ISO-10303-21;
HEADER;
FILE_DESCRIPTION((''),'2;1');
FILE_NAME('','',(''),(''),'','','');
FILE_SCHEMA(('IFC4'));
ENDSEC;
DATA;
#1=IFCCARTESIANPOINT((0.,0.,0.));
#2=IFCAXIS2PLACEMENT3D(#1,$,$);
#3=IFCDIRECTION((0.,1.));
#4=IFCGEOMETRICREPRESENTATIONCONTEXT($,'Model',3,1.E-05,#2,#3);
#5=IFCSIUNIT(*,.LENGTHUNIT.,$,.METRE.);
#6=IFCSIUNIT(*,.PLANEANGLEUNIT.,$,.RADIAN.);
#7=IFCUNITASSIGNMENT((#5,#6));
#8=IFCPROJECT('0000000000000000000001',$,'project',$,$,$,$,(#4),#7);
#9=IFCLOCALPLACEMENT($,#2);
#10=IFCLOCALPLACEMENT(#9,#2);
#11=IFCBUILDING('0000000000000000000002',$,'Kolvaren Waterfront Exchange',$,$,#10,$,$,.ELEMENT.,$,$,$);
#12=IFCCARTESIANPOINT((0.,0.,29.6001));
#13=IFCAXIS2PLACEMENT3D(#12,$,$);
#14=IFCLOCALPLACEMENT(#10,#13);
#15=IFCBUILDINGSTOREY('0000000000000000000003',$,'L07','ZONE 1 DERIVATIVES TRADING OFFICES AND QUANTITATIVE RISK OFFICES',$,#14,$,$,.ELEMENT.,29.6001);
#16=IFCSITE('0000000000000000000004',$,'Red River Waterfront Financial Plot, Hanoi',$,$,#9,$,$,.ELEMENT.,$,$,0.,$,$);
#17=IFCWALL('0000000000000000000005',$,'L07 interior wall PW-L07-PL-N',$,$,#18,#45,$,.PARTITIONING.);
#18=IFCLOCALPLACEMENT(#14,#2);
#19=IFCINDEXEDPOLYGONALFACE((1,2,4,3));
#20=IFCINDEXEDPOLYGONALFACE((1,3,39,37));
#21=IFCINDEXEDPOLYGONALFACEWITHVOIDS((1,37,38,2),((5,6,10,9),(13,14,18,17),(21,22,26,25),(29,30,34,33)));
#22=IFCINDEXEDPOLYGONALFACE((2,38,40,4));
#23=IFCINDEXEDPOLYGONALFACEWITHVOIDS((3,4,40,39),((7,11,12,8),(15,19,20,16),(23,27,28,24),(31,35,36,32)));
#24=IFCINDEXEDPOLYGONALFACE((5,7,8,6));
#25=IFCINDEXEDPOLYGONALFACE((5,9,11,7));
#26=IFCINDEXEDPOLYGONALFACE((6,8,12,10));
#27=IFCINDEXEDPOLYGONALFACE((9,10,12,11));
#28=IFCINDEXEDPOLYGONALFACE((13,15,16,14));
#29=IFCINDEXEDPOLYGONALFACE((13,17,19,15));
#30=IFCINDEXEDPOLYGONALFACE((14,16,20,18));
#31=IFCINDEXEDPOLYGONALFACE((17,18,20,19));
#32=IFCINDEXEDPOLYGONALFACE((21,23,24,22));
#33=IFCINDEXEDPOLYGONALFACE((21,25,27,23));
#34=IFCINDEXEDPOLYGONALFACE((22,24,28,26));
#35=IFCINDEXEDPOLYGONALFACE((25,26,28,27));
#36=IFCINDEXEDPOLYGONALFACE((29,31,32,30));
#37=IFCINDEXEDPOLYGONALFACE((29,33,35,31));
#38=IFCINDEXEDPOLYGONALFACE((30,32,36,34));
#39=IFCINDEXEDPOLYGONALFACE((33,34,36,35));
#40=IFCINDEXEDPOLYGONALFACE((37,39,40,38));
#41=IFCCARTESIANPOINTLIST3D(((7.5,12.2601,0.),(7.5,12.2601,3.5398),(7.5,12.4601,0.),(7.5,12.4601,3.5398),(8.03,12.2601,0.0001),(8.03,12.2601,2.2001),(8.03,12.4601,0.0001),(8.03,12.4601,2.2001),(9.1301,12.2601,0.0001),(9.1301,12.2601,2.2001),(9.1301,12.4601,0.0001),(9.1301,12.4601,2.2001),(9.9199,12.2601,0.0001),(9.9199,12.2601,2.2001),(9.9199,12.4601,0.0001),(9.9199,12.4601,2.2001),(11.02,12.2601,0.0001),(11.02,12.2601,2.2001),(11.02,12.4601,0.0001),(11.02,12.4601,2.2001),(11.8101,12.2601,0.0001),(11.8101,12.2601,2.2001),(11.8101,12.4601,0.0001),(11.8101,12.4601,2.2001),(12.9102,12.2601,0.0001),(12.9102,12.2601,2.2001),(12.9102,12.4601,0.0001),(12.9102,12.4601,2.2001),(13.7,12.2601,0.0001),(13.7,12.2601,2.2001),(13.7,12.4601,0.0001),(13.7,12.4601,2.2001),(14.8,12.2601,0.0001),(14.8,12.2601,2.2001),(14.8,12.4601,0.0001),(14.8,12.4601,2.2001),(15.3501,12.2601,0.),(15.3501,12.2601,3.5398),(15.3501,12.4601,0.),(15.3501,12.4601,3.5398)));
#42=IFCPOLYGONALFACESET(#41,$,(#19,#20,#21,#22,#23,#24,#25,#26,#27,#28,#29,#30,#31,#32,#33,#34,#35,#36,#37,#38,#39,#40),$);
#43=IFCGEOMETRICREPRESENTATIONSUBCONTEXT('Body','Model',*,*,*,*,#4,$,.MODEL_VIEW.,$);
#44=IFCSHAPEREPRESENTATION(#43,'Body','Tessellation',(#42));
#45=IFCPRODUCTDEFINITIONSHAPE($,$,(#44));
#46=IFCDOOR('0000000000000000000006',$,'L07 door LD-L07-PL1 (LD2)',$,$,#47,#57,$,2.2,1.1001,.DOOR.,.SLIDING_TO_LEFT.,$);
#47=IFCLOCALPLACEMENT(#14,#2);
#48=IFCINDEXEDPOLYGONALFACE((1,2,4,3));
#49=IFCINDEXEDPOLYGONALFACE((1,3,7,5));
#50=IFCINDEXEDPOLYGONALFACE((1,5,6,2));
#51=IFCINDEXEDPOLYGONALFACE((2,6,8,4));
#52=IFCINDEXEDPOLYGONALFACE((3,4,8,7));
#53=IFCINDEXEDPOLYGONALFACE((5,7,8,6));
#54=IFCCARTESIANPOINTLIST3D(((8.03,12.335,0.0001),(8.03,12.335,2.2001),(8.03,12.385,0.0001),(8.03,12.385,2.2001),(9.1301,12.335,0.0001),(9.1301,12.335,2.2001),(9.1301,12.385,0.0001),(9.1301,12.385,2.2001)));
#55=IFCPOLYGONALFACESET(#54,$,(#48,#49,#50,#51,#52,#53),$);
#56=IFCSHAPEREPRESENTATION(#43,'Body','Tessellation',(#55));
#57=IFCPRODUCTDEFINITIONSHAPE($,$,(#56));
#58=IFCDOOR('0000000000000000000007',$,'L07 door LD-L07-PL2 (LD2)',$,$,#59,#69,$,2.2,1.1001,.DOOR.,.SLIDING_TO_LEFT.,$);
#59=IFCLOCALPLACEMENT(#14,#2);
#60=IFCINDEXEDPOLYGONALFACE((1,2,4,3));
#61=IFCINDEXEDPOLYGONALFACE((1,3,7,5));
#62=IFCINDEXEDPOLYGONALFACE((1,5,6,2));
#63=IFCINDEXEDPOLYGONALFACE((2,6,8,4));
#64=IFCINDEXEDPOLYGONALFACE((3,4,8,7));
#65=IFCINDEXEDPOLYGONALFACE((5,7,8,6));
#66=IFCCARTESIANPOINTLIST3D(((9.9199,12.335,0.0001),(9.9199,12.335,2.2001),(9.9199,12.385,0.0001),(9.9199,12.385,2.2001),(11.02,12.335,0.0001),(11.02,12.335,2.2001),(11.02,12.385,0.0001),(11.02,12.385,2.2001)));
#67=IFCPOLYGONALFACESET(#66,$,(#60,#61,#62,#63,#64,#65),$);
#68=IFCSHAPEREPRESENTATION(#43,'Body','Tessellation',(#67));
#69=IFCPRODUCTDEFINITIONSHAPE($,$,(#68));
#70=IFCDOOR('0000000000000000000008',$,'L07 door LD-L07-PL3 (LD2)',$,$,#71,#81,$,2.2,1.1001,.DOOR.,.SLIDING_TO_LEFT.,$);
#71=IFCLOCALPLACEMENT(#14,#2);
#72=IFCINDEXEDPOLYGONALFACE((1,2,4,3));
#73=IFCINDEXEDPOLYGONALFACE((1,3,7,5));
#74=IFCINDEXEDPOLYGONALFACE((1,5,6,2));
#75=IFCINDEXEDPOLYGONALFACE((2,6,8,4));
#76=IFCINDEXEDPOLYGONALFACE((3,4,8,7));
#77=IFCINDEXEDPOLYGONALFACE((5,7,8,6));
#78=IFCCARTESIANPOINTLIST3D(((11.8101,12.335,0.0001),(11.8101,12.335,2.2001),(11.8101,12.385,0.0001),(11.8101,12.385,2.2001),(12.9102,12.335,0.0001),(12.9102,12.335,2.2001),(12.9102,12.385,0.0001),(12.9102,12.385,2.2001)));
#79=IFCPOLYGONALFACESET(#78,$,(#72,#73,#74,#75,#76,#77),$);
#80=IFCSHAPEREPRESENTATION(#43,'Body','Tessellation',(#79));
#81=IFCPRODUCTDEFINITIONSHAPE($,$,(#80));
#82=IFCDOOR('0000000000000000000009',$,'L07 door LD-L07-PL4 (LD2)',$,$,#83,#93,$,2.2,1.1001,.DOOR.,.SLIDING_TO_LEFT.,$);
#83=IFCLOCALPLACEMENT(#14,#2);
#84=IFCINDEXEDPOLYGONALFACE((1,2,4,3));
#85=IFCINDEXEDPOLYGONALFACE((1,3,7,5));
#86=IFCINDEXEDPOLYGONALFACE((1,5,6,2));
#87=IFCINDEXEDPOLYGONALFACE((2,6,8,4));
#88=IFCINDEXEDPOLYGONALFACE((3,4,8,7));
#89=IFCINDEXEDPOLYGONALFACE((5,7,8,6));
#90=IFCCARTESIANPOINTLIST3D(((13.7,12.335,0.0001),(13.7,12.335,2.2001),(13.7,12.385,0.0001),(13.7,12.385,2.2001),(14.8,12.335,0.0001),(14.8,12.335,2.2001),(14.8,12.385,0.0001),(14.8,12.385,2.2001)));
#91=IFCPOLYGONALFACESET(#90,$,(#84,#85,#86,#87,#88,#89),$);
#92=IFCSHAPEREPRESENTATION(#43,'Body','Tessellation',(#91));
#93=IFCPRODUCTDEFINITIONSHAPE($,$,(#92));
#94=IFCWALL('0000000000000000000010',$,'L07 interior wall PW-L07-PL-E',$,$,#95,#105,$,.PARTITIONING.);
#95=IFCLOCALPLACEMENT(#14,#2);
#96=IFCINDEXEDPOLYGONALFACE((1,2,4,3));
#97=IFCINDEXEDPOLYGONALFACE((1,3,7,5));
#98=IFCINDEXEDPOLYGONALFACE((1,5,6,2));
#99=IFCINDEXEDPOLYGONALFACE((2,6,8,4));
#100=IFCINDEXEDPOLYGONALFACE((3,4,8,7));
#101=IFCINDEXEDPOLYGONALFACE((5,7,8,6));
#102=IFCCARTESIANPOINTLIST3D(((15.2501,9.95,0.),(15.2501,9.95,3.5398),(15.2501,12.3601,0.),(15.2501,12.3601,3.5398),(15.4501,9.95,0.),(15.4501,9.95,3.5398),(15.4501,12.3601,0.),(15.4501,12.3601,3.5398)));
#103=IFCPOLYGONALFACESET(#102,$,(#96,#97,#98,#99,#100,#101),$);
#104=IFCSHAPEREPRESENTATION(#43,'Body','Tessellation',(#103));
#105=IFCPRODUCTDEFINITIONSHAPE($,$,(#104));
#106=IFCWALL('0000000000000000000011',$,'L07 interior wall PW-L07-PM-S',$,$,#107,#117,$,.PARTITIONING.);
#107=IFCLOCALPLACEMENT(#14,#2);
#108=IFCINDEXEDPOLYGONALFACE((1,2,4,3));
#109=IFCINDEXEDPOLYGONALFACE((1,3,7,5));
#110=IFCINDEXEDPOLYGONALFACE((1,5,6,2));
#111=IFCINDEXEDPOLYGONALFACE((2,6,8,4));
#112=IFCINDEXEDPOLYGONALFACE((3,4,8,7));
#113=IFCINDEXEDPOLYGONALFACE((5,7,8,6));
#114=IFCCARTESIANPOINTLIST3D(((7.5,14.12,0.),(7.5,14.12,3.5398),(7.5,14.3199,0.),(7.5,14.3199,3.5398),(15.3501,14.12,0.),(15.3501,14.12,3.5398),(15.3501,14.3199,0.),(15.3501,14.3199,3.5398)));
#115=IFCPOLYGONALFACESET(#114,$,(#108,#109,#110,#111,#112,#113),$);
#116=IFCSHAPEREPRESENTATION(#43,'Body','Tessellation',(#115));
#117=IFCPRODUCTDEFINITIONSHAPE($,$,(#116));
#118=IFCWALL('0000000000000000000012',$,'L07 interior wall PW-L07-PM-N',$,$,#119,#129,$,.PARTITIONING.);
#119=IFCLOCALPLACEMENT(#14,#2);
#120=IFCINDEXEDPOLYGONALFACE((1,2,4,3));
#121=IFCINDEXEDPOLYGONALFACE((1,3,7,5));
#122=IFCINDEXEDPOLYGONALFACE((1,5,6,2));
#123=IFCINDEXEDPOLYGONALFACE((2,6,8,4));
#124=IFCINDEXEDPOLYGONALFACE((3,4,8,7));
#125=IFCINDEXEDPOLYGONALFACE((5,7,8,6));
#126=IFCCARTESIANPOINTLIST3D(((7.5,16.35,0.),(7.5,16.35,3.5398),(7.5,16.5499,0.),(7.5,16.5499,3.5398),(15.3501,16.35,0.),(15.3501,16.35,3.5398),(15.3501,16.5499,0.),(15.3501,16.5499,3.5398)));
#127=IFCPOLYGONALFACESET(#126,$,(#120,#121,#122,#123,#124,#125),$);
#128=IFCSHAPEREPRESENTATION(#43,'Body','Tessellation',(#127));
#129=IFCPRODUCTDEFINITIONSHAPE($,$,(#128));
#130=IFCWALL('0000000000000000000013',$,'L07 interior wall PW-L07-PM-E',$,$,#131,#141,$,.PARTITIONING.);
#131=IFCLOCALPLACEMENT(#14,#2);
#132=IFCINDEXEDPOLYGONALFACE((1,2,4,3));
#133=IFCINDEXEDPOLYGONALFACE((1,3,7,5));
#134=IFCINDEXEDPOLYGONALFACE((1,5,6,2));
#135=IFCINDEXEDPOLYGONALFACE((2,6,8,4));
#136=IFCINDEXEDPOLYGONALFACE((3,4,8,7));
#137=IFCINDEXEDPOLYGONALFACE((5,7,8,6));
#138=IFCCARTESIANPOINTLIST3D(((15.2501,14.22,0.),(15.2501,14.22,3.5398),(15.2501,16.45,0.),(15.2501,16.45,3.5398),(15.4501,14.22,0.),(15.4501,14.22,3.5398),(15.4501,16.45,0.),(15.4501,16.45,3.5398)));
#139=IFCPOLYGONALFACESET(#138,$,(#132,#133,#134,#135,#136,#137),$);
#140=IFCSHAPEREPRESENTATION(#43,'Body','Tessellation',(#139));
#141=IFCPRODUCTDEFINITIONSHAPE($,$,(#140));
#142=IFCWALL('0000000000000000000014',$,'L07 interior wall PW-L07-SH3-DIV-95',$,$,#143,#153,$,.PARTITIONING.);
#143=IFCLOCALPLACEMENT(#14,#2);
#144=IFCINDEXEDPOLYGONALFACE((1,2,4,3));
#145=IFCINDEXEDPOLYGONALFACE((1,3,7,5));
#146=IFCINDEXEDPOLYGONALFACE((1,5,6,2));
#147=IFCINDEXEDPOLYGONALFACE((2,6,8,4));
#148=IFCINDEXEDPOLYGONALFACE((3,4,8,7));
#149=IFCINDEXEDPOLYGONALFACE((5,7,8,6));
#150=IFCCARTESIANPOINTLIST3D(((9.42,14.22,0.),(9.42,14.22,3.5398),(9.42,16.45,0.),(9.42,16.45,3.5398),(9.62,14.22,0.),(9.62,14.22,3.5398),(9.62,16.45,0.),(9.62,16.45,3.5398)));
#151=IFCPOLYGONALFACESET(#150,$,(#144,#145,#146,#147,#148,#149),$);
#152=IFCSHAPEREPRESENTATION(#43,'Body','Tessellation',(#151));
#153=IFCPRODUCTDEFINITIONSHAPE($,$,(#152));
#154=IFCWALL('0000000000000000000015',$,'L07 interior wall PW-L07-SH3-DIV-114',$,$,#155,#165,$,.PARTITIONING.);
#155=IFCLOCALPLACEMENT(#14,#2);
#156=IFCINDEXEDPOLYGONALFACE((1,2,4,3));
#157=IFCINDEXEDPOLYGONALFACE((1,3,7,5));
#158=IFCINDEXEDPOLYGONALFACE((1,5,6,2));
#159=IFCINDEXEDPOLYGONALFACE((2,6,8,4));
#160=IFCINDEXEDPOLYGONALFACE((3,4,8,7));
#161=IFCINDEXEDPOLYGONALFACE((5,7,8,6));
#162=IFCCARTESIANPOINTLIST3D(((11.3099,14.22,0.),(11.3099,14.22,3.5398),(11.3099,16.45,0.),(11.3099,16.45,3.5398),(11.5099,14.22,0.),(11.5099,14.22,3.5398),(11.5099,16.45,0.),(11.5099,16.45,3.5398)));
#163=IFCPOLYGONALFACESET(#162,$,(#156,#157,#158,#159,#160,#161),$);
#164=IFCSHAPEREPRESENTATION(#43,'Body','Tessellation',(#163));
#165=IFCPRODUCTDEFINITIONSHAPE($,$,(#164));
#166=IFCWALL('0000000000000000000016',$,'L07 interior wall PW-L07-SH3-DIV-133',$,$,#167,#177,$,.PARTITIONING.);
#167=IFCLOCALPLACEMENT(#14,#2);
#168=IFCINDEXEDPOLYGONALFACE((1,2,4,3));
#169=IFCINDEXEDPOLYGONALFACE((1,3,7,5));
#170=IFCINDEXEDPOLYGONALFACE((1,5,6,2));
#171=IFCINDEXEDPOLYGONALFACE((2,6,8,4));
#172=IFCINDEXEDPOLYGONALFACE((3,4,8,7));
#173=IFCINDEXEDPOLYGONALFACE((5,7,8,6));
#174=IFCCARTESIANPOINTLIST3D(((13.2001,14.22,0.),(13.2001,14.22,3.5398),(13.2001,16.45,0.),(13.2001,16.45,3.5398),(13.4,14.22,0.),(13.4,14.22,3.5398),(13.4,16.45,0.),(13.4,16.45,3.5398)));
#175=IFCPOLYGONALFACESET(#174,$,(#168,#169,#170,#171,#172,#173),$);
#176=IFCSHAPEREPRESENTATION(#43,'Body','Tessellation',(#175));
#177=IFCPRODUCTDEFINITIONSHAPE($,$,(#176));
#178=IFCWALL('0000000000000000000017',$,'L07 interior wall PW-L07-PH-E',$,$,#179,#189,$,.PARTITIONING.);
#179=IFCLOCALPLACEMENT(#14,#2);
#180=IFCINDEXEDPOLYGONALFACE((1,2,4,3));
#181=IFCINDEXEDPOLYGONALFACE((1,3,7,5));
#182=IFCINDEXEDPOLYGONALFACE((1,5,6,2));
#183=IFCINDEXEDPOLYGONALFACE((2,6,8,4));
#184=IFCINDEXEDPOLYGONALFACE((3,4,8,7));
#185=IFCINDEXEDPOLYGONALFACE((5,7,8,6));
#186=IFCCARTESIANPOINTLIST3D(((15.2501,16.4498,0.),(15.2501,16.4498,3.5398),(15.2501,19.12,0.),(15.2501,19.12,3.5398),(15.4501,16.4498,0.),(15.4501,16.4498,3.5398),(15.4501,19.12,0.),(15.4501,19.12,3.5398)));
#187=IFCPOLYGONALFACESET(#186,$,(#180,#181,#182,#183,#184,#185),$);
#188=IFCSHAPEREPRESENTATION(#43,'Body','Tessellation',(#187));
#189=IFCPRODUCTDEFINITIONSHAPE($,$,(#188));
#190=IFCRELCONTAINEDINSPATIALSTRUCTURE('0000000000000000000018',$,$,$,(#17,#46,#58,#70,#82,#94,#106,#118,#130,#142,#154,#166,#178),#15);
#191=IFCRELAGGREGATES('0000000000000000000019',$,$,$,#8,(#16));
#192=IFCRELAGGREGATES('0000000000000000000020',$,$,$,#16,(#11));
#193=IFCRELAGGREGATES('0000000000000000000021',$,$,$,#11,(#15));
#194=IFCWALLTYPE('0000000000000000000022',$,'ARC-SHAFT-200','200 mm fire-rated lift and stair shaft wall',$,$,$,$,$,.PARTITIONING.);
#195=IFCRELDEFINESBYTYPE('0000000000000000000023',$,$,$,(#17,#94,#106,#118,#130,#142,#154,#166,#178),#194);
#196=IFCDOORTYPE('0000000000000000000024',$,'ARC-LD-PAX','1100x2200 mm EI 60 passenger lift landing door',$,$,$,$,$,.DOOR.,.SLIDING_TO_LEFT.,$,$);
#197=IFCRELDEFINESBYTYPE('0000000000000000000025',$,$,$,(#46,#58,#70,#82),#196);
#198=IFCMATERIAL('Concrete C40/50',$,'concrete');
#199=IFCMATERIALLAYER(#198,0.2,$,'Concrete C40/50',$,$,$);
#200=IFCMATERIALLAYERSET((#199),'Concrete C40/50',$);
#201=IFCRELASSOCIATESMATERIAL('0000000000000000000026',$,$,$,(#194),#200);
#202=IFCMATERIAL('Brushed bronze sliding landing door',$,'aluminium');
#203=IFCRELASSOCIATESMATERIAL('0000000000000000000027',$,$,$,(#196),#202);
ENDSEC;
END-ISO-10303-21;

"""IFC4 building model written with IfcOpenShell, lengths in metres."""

from ifc_helpers import new_model, si_unit, direction, frame, frame_2d, origin, place, context, subcontext, project, spatial, rectangle, extrude, material, layer, layer_set, type_object, element, fill, save


model = new_model("IFC4")

# Units and contexts
model_context = context("Model", 3, precision=1e-05, world=origin(), true_north=direction((0.0, 1.0)))
body_context = subcontext(model_context, "Body", "Model", "MODEL_VIEW")
ifc_project = project(units=[si_unit("LENGTHUNIT", "METRE"), si_unit("PLANEANGLEUNIT", "RADIAN")], contexts=[model_context])

# Site, building, storey
site_placement = place(None, origin())
site = spatial("IfcSite", under=ifc_project, at=site_placement, Name="Red River Waterfront Financial Plot, Hanoi", CompositionType="ELEMENT", RefElevation=0.0)
building_placement = place(site_placement, origin())
building = spatial("IfcBuilding", under=site, at=building_placement, Name="Kolvaren Waterfront Exchange", CompositionType="ELEMENT")
storey_placement = place(building_placement, frame((0.0, 0.0, 29.6001)))
storey = spatial("IfcBuildingStorey", under=building, at=storey_placement, Name="L07", Description="ZONE 1 DERIVATIVES TRADING OFFICES AND QUANTITATIVE RISK OFFICES", CompositionType="ELEMENT", Elevation=29.6001)

# Wall, openings, doors
ifc_material_1 = material(Name="Concrete C40/50", Category="concrete")
ifc_layer_1 = layer(ifc_material_1, 0.2, Name="Concrete C40/50")
ifc_layer_set_1 = layer_set([ifc_layer_1], Name="Concrete C40/50")
wall_type_1 = type_object("IfcWallType", Name="ARC-SHAFT-200", Description="200 mm fire-rated lift and stair shaft wall", PredefinedType="PARTITIONING", material=ifc_layer_set_1)
wall_1_placement = place(storey_placement, frame((7.5, 12.3601, 0.0), z_axis=(0.0, 0.0, 1.0), x_axis=(1.0, 0.0, 0.0)))
wall_1 = element("IfcWall", 1, at=wall_1_placement, inside=storey, type_object=wall_type_1, Name="L07 interior wall PW-L07-PL-N", PredefinedType="PARTITIONING", context=body_context, shape_type="SweptSolid", body=[
    extrude(rectangle(XDim=7.8501, YDim=0.2, at=frame_2d((3.925, 0.0))), origin(), (0.0, 0.0, 1.0), 3.5398),
])
opening_1_placement = place(wall_1_placement, frame((0.53, 0.0, 0.0)))
opening_1 = element("IfcOpeningElement", 2, at=opening_1_placement, cuts=wall_1, PredefinedType="OPENING", context=body_context, shape_type="SweptSolid", body=[
    extrude(rectangle(XDim=1.1001, YDim=2.2, at=frame_2d((0.55, 1.1001))), frame((0.0, 0.1099, 0.0), z_axis=(0.0, -1.0, 0.0), x_axis=(1.0, 0.0, 0.0)), (0.0, 0.0, 1.0), 0.22),
])
opening_2_placement = place(wall_1_placement, frame((2.4199, 0.0, 0.0)))
opening_2 = element("IfcOpeningElement", 3, at=opening_2_placement, cuts=wall_1, PredefinedType="OPENING", context=body_context, shape_type="SweptSolid", body=[
    extrude(rectangle(XDim=1.1001, YDim=2.2, at=frame_2d((0.55, 1.1001))), frame((0.0, 0.1099, 0.0), z_axis=(0.0, -1.0, 0.0), x_axis=(1.0, 0.0, 0.0)), (0.0, 0.0, 1.0), 0.22),
])
opening_3_placement = place(wall_1_placement, frame((4.3101, 0.0, 0.0)))
opening_3 = element("IfcOpeningElement", 4, at=opening_3_placement, cuts=wall_1, PredefinedType="OPENING", context=body_context, shape_type="SweptSolid", body=[
    extrude(rectangle(XDim=1.1001, YDim=2.2, at=frame_2d((0.55, 1.1001))), frame((0.0, 0.1099, 0.0), z_axis=(0.0, -1.0, 0.0), x_axis=(1.0, 0.0, 0.0)), (0.0, 0.0, 1.0), 0.22),
])
opening_4_placement = place(wall_1_placement, frame((6.2, 0.0, 0.0)))
opening_4 = element("IfcOpeningElement", 5, at=opening_4_placement, cuts=wall_1, PredefinedType="OPENING", context=body_context, shape_type="SweptSolid", body=[
    extrude(rectangle(XDim=1.1001, YDim=2.2, at=frame_2d((0.55, 1.1001))), frame((0.0, 0.1099, 0.0), z_axis=(0.0, -1.0, 0.0), x_axis=(1.0, 0.0, 0.0)), (0.0, 0.0, 1.0), 0.22),
])
ifc_material_2 = material(Name="Brushed bronze sliding landing door", Category="aluminium")
door_type_1 = type_object("IfcDoorType", Name="ARC-LD-PAX", Description="1100x2200 mm EI 60 passenger lift landing door", OperationType="SLIDING_TO_LEFT", PredefinedType="DOOR", material=ifc_material_2)
door_1_placement = place(opening_1_placement, origin())
door_1 = element("IfcDoor", 6, at=door_1_placement, inside=storey, type_object=door_type_1, Name="L07 door LD-L07-PL1 (LD2)", OperationType="SLIDING_TO_LEFT", OverallHeight=2.2, OverallWidth=1.1001, PredefinedType="DOOR", context=body_context, shape_type="SweptSolid", body=[
    extrude(rectangle(XDim=1.1001, YDim=2.2, at=frame_2d((0.55, 1.1001))), frame((0.0, 0.0249, 0.0), z_axis=(0.0, -1.0, 0.0), x_axis=(1.0, 0.0, 0.0)), (0.0, 0.0, 1.0), 0.05),
])
fill(opening_1, door_1)
door_2_placement = place(opening_2_placement, origin())
door_2 = element("IfcDoor", 7, at=door_2_placement, inside=storey, type_object=door_type_1, Name="L07 door LD-L07-PL2 (LD2)", OperationType="SLIDING_TO_LEFT", OverallHeight=2.2, OverallWidth=1.1001, PredefinedType="DOOR", context=body_context, shape_type="SweptSolid", body=[
    extrude(rectangle(XDim=1.1001, YDim=2.2, at=frame_2d((0.55, 1.1001))), frame((0.0, 0.0249, 0.0), z_axis=(0.0, -1.0, 0.0), x_axis=(1.0, 0.0, 0.0)), (0.0, 0.0, 1.0), 0.05),
])
fill(opening_2, door_2)
door_3_placement = place(opening_3_placement, origin())
door_3 = element("IfcDoor", 8, at=door_3_placement, inside=storey, type_object=door_type_1, Name="L07 door LD-L07-PL3 (LD2)", OperationType="SLIDING_TO_LEFT", OverallHeight=2.2, OverallWidth=1.1001, PredefinedType="DOOR", context=body_context, shape_type="SweptSolid", body=[
    extrude(rectangle(XDim=1.1001, YDim=2.2, at=frame_2d((0.55, 1.1001))), frame((0.0, 0.0249, 0.0), z_axis=(0.0, -1.0, 0.0), x_axis=(1.0, 0.0, 0.0)), (0.0, 0.0, 1.0), 0.05),
])
fill(opening_3, door_3)
door_4_placement = place(opening_4_placement, origin())
door_4 = element("IfcDoor", 9, at=door_4_placement, inside=storey, type_object=door_type_1, Name="L07 door LD-L07-PL4 (LD2)", OperationType="SLIDING_TO_LEFT", OverallHeight=2.2, OverallWidth=1.1001, PredefinedType="DOOR", context=body_context, shape_type="SweptSolid", body=[
    extrude(rectangle(XDim=1.1001, YDim=2.2, at=frame_2d((0.55, 1.1001))), frame((0.0, 0.0249, 0.0), z_axis=(0.0, -1.0, 0.0), x_axis=(1.0, 0.0, 0.0)), (0.0, 0.0, 1.0), 0.05),
])
fill(opening_4, door_4)

# Walls
wall_2_placement = place(storey_placement, frame((15.3501, 9.95, 0.0), z_axis=(0.0, 0.0, 1.0), x_axis=(0.0, 1.0, 0.0)))
element("IfcWall", 10, at=wall_2_placement, inside=storey, type_object=wall_type_1, Name="L07 interior wall PW-L07-PL-E", PredefinedType="PARTITIONING", context=body_context, shape_type="SweptSolid", body=[
    extrude(rectangle(XDim=2.4102, YDim=0.2, at=frame_2d((1.2051, 0.0))), origin(), (0.0, 0.0, 1.0), 3.5398),
])
for number, where, z_axis, x_axis, name in (
    (11, (7.5, 14.22, 0.0), (0.0, 0.0, 1.0), (1.0, 0.0, 0.0), "L07 interior wall PW-L07-PM-S"),
    (12, (7.5, 16.45, 0.0), (0.0, 0.0, 1.0), (1.0, 0.0, 0.0), "L07 interior wall PW-L07-PM-N"),
):
    element("IfcWall", number, at=place(storey_placement, frame(where, z_axis=z_axis, x_axis=x_axis)), inside=storey, type_object=wall_type_1, Name=name, PredefinedType="PARTITIONING", context=body_context, shape_type="SweptSolid", body=[
        extrude(rectangle(XDim=7.8501, YDim=0.2, at=frame_2d((3.925, 0.0))), origin(), (0.0, 0.0, 1.0), 3.5398),
    ])
for number, where, z_axis, x_axis, name in (
    (13, (15.3501, 14.22, 0.0), (0.0, 0.0, 1.0), (0.0, 1.0, 0.0), "L07 interior wall PW-L07-PM-E"),
    (14, (9.52, 14.22, 0.0), (0.0, 0.0, 1.0), (0.0, 1.0, 0.0), "L07 interior wall PW-L07-SH3-DIV-95"),
    (15, (11.4099, 14.22, 0.0), (0.0, 0.0, 1.0), (0.0, 1.0, 0.0), "L07 interior wall PW-L07-SH3-DIV-114"),
    (16, (13.3, 14.22, 0.0), (0.0, 0.0, 1.0), (0.0, 1.0, 0.0), "L07 interior wall PW-L07-SH3-DIV-133"),
):
    element("IfcWall", number, at=place(storey_placement, frame(where, z_axis=z_axis, x_axis=x_axis)), inside=storey, type_object=wall_type_1, Name=name, PredefinedType="PARTITIONING", context=body_context, shape_type="SweptSolid", body=[
        extrude(rectangle(XDim=2.23, YDim=0.2, at=frame_2d((1.115, 0.0))), origin(), (0.0, 0.0, 1.0), 3.5398),
    ])
for number, where, z_axis, x_axis, name in (
    (17, (15.3501, 16.45, 0.0), (0.0, 0.0, 1.0), (0.0, 1.0, 0.0), "L07 interior wall PW-L07-PH-E"),
):
    element("IfcWall", number, at=place(storey_placement, frame(where, z_axis=z_axis, x_axis=x_axis)), inside=storey, type_object=wall_type_1, Name=name, PredefinedType="PARTITIONING", context=body_context, shape_type="SweptSolid", body=[
        extrude(rectangle(XDim=2.6702, YDim=0.2, at=frame_2d((1.335, 0.0))), origin(), (0.0, 0.0, 1.0), 3.5398),
    ])

save(model, "model.ifc")
